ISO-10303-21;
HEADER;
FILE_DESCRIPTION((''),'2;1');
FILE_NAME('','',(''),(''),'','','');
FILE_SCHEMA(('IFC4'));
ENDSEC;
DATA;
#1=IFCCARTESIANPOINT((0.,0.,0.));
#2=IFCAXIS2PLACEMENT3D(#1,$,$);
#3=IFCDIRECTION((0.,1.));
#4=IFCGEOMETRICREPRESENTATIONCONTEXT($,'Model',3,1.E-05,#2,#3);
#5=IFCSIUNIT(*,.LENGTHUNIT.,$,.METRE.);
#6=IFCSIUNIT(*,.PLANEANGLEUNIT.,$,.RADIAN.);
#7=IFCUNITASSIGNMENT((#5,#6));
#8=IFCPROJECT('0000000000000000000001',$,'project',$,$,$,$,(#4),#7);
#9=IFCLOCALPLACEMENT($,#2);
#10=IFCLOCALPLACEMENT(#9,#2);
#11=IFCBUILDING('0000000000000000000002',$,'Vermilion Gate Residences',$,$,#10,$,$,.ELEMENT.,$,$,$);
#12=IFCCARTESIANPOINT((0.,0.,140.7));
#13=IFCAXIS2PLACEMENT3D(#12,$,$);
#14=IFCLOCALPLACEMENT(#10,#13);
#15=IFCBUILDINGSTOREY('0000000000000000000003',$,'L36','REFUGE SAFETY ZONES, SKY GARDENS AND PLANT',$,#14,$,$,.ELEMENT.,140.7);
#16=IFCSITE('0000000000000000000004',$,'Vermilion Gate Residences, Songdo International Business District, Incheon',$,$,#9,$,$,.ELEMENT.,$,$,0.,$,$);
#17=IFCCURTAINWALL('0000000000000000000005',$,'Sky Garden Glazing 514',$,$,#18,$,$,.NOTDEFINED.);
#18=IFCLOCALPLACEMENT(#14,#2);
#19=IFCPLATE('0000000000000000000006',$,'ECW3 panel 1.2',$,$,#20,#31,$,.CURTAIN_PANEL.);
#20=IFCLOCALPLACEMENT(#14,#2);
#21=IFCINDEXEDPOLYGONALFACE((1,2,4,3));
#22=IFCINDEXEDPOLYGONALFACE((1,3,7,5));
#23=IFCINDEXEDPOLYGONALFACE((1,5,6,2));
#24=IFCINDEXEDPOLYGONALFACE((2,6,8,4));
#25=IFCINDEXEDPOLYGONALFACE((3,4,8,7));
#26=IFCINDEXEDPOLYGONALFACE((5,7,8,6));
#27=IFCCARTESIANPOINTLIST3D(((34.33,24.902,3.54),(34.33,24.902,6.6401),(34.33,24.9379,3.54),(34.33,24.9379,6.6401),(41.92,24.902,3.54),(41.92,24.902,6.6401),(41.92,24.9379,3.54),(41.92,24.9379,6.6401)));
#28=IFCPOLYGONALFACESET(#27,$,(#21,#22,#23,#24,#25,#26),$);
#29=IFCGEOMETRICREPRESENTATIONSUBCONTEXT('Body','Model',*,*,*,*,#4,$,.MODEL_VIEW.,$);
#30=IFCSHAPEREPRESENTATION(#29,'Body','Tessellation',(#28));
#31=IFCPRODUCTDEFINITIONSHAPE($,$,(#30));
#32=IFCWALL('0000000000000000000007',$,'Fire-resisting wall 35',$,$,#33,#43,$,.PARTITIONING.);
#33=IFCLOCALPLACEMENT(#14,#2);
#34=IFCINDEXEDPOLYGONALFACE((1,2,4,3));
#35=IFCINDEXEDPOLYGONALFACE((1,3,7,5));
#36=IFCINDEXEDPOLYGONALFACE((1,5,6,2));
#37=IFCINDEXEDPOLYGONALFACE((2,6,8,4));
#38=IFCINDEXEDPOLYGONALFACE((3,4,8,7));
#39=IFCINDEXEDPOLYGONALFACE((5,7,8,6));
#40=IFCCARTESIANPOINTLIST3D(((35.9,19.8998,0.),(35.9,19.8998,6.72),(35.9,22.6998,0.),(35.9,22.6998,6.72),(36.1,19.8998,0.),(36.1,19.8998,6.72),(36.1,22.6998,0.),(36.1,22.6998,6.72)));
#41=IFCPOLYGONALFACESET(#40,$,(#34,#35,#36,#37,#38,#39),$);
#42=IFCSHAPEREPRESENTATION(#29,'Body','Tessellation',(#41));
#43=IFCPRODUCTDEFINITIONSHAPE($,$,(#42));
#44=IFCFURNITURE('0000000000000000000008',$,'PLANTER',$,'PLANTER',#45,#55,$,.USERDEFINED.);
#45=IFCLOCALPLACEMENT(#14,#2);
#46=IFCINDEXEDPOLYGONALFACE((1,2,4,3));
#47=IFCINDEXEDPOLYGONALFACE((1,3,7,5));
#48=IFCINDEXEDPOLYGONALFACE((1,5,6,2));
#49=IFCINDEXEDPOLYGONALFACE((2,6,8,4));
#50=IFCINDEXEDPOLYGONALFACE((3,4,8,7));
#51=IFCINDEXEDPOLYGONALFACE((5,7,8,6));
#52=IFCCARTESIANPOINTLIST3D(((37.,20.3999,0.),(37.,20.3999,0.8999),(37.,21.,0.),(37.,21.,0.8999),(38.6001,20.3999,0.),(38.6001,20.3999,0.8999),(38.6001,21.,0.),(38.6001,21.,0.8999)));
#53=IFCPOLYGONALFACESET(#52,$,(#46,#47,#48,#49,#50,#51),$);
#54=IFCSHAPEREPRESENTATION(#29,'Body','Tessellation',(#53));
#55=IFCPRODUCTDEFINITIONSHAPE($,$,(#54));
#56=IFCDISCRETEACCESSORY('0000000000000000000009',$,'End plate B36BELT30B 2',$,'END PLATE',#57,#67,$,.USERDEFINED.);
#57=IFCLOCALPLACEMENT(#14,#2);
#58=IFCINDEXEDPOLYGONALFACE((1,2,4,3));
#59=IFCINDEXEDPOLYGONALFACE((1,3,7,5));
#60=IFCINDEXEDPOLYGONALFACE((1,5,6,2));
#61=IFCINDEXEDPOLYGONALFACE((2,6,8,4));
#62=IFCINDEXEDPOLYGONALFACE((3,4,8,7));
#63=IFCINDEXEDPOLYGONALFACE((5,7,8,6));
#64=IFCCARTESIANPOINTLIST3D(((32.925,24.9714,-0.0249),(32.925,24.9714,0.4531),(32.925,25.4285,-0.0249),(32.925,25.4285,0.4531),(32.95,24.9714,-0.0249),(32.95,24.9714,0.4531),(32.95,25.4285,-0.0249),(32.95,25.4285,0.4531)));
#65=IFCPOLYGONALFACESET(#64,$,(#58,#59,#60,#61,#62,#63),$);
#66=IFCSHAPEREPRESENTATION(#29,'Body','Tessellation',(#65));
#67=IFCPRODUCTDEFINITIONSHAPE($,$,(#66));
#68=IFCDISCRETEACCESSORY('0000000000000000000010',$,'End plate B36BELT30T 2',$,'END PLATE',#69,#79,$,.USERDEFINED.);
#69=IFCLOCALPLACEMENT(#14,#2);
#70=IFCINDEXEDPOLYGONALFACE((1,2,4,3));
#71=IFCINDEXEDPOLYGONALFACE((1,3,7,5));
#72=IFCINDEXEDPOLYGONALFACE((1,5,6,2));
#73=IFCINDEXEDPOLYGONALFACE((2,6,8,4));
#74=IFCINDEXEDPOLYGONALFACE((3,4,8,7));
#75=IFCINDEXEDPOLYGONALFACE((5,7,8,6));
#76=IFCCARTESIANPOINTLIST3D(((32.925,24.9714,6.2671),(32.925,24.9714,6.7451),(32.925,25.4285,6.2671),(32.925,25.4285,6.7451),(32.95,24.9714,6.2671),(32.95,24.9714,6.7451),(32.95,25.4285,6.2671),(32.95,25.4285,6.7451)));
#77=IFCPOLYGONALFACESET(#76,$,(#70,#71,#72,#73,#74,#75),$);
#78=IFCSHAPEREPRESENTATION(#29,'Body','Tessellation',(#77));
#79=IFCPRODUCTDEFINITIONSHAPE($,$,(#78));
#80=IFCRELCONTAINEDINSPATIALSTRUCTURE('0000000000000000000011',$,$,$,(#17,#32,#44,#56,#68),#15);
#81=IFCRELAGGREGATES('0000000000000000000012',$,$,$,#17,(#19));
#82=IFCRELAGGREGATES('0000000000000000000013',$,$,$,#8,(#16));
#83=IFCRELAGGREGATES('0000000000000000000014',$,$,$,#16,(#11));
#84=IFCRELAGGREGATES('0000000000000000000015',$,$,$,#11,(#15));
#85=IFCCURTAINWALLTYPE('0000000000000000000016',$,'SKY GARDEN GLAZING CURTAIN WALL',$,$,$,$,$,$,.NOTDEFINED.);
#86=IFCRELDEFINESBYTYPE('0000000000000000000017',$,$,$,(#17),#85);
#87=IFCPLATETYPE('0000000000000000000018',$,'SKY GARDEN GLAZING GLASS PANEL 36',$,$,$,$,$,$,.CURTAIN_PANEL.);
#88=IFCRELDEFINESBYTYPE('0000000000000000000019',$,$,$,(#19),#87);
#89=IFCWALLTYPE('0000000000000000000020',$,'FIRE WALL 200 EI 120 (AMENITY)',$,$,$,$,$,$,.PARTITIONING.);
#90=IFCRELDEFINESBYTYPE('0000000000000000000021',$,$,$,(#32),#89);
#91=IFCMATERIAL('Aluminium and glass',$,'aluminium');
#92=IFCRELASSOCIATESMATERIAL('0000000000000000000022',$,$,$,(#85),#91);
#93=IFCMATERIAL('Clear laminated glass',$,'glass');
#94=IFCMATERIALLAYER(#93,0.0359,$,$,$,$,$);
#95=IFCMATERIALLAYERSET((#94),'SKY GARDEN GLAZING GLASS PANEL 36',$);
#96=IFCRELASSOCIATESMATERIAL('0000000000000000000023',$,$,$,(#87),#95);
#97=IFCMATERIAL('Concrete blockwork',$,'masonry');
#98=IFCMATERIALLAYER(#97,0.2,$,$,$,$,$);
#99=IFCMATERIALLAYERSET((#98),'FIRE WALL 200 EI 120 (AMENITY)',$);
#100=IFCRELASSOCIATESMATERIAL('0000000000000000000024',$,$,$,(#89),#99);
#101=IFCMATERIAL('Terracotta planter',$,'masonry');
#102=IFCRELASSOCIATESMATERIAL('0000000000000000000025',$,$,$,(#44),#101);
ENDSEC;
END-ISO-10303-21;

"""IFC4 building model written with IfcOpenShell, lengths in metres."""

from ifc_helpers import new_model, si_unit, direction, frame, frame_2d, origin, origin_2d, place, context, subcontext, project, spatial, rectangle, extrude, material, layer, layer_set, type_object, element, aggregate, save


model = new_model("IFC4")

# Units and contexts
model_context = context("Model", 3, precision=1e-05, world=origin(), true_north=direction((0.0, 1.0)))
body_context = subcontext(model_context, "Body", "Model", "MODEL_VIEW")
ifc_project = project(units=[si_unit("LENGTHUNIT", "METRE"), si_unit("PLANEANGLEUNIT", "RADIAN")], contexts=[model_context])

# Site, building, storey
site_placement = place(None, origin())
site = spatial("IfcSite", under=ifc_project, at=site_placement, Name="Vermilion Gate Residences, Songdo International Business District, Incheon", CompositionType="ELEMENT", RefElevation=0.0)
building_placement = place(site_placement, origin())
building = spatial("IfcBuilding", under=site, at=building_placement, Name="Vermilion Gate Residences", CompositionType="ELEMENT")
storey_placement = place(building_placement, frame((0.0, 0.0, 140.7)))
storey = spatial("IfcBuildingStorey", under=building, at=storey_placement, Name="L36", Description="REFUGE SAFETY ZONES, SKY GARDENS AND PLANT", CompositionType="ELEMENT", Elevation=140.7)

# Curtain wall
ifc_material_1 = material(Name="Aluminium and glass", Category="aluminium")
curtain_wall_type = type_object("IfcCurtainWallType", Name="SKY GARDEN GLAZING CURTAIN WALL", PredefinedType="NOTDEFINED", material=ifc_material_1)
curtain_wall_1_placement = place(storey_placement, origin())
curtain_wall_1 = element("IfcCurtainWall", 1, at=curtain_wall_1_placement, inside=storey, type_object=curtain_wall_type, Name="Sky Garden Glazing 514", PredefinedType="NOTDEFINED")

# Plate
ifc_material_2 = material(Name="Clear laminated glass", Category="glass")
ifc_layer_1 = layer(ifc_material_2, 0.0359)
ifc_layer_set_1 = layer_set([ifc_layer_1], Name="SKY GARDEN GLAZING GLASS PANEL 36")
plate_type = type_object("IfcPlateType", Name="SKY GARDEN GLAZING GLASS PANEL 36", PredefinedType="CURTAIN_PANEL", material=ifc_layer_set_1)
plate_1_placement = place(storey_placement, frame((38.125, 24.9199, 3.54), z_axis=(0.0, 0.0, 1.0), x_axis=(-1.0, 0.0, 0.0)))
plate_1 = element("IfcPlate", 2, at=plate_1_placement, type_object=plate_type, Name="ECW3 panel 1.2", PredefinedType="CURTAIN_PANEL", context=body_context, shape_type="SweptSolid", body=[
    extrude(rectangle(XDim=7.5901, YDim=0.0359, at=origin_2d()), origin(), (0.0, 0.0, 1.0), 3.1001),
])
aggregate(curtain_wall_1, [plate_1])

# Wall
ifc_material_3 = material(Name="Concrete blockwork", Category="masonry")
ifc_layer_2 = layer(ifc_material_3, 0.2)
ifc_layer_set_2 = layer_set([ifc_layer_2], Name="FIRE WALL 200 EI 120 (AMENITY)")
wall_type_1 = type_object("IfcWallType", Name="FIRE WALL 200 EI 120 (AMENITY)", PredefinedType="PARTITIONING", material=ifc_layer_set_2)
wall_1_placement = place(storey_placement, frame((36.0, 19.8999, 0.0), z_axis=(0.0, 0.0, 1.0), x_axis=(0.0, 1.0, 0.0)))
element("IfcWall", 3, at=wall_1_placement, inside=storey, type_object=wall_type_1, Name="Fire-resisting wall 35", PredefinedType="PARTITIONING", context=body_context, shape_type="SweptSolid", body=[
    extrude(rectangle(XDim=2.8, YDim=0.2, at=frame_2d((1.3999, 0.0))), origin(), (0.0, 0.0, 1.0), 6.72),
])

# Furniture
ifc_material_4 = material(Name="Terracotta planter", Category="masonry")
furniture_placement = place(storey_placement, frame((37.8, 20.7, 0.0), z_axis=(0.0, 0.0, 1.0), x_axis=(-1.0, 0.0, 0.0)))
element("IfcFurniture", 4, at=furniture_placement, inside=storey, material=ifc_material_4, Name="PLANTER", ObjectType="PLANTER", PredefinedType="USERDEFINED", context=body_context, shape_type="SweptSolid", body=[
    extrude(rectangle(XDim=1.6001, YDim=0.6001, at=origin_2d()), origin(), (0.0, 0.0, 1.0), 0.8999),
])

# Discrete accessories
for number, where, z_axis, x_axis, name in (
    (5, (32.9375, 25.2, -0.0249), (0.0, 0.0, 1.0), (1.0, 0.0, 0.0), "End plate B36BELT30B 2"),
    (6, (32.9375, 25.2, 6.2671), (0.0, 0.0, 1.0), (1.0, 0.0, 0.0), "End plate B36BELT30T 2"),
):
    element("IfcDiscreteAccessory", number, at=place(storey_placement, frame(where, z_axis=z_axis, x_axis=x_axis)), inside=storey, Name=name, ObjectType="END PLATE", PredefinedType="USERDEFINED", context=body_context, shape_type="SweptSolid", body=[
        extrude(rectangle(XDim=0.0249, YDim=0.457, at=origin_2d()), origin(), (0.0, 0.0, 1.0), 0.478),
    ])

save(model, "model.ifc")
